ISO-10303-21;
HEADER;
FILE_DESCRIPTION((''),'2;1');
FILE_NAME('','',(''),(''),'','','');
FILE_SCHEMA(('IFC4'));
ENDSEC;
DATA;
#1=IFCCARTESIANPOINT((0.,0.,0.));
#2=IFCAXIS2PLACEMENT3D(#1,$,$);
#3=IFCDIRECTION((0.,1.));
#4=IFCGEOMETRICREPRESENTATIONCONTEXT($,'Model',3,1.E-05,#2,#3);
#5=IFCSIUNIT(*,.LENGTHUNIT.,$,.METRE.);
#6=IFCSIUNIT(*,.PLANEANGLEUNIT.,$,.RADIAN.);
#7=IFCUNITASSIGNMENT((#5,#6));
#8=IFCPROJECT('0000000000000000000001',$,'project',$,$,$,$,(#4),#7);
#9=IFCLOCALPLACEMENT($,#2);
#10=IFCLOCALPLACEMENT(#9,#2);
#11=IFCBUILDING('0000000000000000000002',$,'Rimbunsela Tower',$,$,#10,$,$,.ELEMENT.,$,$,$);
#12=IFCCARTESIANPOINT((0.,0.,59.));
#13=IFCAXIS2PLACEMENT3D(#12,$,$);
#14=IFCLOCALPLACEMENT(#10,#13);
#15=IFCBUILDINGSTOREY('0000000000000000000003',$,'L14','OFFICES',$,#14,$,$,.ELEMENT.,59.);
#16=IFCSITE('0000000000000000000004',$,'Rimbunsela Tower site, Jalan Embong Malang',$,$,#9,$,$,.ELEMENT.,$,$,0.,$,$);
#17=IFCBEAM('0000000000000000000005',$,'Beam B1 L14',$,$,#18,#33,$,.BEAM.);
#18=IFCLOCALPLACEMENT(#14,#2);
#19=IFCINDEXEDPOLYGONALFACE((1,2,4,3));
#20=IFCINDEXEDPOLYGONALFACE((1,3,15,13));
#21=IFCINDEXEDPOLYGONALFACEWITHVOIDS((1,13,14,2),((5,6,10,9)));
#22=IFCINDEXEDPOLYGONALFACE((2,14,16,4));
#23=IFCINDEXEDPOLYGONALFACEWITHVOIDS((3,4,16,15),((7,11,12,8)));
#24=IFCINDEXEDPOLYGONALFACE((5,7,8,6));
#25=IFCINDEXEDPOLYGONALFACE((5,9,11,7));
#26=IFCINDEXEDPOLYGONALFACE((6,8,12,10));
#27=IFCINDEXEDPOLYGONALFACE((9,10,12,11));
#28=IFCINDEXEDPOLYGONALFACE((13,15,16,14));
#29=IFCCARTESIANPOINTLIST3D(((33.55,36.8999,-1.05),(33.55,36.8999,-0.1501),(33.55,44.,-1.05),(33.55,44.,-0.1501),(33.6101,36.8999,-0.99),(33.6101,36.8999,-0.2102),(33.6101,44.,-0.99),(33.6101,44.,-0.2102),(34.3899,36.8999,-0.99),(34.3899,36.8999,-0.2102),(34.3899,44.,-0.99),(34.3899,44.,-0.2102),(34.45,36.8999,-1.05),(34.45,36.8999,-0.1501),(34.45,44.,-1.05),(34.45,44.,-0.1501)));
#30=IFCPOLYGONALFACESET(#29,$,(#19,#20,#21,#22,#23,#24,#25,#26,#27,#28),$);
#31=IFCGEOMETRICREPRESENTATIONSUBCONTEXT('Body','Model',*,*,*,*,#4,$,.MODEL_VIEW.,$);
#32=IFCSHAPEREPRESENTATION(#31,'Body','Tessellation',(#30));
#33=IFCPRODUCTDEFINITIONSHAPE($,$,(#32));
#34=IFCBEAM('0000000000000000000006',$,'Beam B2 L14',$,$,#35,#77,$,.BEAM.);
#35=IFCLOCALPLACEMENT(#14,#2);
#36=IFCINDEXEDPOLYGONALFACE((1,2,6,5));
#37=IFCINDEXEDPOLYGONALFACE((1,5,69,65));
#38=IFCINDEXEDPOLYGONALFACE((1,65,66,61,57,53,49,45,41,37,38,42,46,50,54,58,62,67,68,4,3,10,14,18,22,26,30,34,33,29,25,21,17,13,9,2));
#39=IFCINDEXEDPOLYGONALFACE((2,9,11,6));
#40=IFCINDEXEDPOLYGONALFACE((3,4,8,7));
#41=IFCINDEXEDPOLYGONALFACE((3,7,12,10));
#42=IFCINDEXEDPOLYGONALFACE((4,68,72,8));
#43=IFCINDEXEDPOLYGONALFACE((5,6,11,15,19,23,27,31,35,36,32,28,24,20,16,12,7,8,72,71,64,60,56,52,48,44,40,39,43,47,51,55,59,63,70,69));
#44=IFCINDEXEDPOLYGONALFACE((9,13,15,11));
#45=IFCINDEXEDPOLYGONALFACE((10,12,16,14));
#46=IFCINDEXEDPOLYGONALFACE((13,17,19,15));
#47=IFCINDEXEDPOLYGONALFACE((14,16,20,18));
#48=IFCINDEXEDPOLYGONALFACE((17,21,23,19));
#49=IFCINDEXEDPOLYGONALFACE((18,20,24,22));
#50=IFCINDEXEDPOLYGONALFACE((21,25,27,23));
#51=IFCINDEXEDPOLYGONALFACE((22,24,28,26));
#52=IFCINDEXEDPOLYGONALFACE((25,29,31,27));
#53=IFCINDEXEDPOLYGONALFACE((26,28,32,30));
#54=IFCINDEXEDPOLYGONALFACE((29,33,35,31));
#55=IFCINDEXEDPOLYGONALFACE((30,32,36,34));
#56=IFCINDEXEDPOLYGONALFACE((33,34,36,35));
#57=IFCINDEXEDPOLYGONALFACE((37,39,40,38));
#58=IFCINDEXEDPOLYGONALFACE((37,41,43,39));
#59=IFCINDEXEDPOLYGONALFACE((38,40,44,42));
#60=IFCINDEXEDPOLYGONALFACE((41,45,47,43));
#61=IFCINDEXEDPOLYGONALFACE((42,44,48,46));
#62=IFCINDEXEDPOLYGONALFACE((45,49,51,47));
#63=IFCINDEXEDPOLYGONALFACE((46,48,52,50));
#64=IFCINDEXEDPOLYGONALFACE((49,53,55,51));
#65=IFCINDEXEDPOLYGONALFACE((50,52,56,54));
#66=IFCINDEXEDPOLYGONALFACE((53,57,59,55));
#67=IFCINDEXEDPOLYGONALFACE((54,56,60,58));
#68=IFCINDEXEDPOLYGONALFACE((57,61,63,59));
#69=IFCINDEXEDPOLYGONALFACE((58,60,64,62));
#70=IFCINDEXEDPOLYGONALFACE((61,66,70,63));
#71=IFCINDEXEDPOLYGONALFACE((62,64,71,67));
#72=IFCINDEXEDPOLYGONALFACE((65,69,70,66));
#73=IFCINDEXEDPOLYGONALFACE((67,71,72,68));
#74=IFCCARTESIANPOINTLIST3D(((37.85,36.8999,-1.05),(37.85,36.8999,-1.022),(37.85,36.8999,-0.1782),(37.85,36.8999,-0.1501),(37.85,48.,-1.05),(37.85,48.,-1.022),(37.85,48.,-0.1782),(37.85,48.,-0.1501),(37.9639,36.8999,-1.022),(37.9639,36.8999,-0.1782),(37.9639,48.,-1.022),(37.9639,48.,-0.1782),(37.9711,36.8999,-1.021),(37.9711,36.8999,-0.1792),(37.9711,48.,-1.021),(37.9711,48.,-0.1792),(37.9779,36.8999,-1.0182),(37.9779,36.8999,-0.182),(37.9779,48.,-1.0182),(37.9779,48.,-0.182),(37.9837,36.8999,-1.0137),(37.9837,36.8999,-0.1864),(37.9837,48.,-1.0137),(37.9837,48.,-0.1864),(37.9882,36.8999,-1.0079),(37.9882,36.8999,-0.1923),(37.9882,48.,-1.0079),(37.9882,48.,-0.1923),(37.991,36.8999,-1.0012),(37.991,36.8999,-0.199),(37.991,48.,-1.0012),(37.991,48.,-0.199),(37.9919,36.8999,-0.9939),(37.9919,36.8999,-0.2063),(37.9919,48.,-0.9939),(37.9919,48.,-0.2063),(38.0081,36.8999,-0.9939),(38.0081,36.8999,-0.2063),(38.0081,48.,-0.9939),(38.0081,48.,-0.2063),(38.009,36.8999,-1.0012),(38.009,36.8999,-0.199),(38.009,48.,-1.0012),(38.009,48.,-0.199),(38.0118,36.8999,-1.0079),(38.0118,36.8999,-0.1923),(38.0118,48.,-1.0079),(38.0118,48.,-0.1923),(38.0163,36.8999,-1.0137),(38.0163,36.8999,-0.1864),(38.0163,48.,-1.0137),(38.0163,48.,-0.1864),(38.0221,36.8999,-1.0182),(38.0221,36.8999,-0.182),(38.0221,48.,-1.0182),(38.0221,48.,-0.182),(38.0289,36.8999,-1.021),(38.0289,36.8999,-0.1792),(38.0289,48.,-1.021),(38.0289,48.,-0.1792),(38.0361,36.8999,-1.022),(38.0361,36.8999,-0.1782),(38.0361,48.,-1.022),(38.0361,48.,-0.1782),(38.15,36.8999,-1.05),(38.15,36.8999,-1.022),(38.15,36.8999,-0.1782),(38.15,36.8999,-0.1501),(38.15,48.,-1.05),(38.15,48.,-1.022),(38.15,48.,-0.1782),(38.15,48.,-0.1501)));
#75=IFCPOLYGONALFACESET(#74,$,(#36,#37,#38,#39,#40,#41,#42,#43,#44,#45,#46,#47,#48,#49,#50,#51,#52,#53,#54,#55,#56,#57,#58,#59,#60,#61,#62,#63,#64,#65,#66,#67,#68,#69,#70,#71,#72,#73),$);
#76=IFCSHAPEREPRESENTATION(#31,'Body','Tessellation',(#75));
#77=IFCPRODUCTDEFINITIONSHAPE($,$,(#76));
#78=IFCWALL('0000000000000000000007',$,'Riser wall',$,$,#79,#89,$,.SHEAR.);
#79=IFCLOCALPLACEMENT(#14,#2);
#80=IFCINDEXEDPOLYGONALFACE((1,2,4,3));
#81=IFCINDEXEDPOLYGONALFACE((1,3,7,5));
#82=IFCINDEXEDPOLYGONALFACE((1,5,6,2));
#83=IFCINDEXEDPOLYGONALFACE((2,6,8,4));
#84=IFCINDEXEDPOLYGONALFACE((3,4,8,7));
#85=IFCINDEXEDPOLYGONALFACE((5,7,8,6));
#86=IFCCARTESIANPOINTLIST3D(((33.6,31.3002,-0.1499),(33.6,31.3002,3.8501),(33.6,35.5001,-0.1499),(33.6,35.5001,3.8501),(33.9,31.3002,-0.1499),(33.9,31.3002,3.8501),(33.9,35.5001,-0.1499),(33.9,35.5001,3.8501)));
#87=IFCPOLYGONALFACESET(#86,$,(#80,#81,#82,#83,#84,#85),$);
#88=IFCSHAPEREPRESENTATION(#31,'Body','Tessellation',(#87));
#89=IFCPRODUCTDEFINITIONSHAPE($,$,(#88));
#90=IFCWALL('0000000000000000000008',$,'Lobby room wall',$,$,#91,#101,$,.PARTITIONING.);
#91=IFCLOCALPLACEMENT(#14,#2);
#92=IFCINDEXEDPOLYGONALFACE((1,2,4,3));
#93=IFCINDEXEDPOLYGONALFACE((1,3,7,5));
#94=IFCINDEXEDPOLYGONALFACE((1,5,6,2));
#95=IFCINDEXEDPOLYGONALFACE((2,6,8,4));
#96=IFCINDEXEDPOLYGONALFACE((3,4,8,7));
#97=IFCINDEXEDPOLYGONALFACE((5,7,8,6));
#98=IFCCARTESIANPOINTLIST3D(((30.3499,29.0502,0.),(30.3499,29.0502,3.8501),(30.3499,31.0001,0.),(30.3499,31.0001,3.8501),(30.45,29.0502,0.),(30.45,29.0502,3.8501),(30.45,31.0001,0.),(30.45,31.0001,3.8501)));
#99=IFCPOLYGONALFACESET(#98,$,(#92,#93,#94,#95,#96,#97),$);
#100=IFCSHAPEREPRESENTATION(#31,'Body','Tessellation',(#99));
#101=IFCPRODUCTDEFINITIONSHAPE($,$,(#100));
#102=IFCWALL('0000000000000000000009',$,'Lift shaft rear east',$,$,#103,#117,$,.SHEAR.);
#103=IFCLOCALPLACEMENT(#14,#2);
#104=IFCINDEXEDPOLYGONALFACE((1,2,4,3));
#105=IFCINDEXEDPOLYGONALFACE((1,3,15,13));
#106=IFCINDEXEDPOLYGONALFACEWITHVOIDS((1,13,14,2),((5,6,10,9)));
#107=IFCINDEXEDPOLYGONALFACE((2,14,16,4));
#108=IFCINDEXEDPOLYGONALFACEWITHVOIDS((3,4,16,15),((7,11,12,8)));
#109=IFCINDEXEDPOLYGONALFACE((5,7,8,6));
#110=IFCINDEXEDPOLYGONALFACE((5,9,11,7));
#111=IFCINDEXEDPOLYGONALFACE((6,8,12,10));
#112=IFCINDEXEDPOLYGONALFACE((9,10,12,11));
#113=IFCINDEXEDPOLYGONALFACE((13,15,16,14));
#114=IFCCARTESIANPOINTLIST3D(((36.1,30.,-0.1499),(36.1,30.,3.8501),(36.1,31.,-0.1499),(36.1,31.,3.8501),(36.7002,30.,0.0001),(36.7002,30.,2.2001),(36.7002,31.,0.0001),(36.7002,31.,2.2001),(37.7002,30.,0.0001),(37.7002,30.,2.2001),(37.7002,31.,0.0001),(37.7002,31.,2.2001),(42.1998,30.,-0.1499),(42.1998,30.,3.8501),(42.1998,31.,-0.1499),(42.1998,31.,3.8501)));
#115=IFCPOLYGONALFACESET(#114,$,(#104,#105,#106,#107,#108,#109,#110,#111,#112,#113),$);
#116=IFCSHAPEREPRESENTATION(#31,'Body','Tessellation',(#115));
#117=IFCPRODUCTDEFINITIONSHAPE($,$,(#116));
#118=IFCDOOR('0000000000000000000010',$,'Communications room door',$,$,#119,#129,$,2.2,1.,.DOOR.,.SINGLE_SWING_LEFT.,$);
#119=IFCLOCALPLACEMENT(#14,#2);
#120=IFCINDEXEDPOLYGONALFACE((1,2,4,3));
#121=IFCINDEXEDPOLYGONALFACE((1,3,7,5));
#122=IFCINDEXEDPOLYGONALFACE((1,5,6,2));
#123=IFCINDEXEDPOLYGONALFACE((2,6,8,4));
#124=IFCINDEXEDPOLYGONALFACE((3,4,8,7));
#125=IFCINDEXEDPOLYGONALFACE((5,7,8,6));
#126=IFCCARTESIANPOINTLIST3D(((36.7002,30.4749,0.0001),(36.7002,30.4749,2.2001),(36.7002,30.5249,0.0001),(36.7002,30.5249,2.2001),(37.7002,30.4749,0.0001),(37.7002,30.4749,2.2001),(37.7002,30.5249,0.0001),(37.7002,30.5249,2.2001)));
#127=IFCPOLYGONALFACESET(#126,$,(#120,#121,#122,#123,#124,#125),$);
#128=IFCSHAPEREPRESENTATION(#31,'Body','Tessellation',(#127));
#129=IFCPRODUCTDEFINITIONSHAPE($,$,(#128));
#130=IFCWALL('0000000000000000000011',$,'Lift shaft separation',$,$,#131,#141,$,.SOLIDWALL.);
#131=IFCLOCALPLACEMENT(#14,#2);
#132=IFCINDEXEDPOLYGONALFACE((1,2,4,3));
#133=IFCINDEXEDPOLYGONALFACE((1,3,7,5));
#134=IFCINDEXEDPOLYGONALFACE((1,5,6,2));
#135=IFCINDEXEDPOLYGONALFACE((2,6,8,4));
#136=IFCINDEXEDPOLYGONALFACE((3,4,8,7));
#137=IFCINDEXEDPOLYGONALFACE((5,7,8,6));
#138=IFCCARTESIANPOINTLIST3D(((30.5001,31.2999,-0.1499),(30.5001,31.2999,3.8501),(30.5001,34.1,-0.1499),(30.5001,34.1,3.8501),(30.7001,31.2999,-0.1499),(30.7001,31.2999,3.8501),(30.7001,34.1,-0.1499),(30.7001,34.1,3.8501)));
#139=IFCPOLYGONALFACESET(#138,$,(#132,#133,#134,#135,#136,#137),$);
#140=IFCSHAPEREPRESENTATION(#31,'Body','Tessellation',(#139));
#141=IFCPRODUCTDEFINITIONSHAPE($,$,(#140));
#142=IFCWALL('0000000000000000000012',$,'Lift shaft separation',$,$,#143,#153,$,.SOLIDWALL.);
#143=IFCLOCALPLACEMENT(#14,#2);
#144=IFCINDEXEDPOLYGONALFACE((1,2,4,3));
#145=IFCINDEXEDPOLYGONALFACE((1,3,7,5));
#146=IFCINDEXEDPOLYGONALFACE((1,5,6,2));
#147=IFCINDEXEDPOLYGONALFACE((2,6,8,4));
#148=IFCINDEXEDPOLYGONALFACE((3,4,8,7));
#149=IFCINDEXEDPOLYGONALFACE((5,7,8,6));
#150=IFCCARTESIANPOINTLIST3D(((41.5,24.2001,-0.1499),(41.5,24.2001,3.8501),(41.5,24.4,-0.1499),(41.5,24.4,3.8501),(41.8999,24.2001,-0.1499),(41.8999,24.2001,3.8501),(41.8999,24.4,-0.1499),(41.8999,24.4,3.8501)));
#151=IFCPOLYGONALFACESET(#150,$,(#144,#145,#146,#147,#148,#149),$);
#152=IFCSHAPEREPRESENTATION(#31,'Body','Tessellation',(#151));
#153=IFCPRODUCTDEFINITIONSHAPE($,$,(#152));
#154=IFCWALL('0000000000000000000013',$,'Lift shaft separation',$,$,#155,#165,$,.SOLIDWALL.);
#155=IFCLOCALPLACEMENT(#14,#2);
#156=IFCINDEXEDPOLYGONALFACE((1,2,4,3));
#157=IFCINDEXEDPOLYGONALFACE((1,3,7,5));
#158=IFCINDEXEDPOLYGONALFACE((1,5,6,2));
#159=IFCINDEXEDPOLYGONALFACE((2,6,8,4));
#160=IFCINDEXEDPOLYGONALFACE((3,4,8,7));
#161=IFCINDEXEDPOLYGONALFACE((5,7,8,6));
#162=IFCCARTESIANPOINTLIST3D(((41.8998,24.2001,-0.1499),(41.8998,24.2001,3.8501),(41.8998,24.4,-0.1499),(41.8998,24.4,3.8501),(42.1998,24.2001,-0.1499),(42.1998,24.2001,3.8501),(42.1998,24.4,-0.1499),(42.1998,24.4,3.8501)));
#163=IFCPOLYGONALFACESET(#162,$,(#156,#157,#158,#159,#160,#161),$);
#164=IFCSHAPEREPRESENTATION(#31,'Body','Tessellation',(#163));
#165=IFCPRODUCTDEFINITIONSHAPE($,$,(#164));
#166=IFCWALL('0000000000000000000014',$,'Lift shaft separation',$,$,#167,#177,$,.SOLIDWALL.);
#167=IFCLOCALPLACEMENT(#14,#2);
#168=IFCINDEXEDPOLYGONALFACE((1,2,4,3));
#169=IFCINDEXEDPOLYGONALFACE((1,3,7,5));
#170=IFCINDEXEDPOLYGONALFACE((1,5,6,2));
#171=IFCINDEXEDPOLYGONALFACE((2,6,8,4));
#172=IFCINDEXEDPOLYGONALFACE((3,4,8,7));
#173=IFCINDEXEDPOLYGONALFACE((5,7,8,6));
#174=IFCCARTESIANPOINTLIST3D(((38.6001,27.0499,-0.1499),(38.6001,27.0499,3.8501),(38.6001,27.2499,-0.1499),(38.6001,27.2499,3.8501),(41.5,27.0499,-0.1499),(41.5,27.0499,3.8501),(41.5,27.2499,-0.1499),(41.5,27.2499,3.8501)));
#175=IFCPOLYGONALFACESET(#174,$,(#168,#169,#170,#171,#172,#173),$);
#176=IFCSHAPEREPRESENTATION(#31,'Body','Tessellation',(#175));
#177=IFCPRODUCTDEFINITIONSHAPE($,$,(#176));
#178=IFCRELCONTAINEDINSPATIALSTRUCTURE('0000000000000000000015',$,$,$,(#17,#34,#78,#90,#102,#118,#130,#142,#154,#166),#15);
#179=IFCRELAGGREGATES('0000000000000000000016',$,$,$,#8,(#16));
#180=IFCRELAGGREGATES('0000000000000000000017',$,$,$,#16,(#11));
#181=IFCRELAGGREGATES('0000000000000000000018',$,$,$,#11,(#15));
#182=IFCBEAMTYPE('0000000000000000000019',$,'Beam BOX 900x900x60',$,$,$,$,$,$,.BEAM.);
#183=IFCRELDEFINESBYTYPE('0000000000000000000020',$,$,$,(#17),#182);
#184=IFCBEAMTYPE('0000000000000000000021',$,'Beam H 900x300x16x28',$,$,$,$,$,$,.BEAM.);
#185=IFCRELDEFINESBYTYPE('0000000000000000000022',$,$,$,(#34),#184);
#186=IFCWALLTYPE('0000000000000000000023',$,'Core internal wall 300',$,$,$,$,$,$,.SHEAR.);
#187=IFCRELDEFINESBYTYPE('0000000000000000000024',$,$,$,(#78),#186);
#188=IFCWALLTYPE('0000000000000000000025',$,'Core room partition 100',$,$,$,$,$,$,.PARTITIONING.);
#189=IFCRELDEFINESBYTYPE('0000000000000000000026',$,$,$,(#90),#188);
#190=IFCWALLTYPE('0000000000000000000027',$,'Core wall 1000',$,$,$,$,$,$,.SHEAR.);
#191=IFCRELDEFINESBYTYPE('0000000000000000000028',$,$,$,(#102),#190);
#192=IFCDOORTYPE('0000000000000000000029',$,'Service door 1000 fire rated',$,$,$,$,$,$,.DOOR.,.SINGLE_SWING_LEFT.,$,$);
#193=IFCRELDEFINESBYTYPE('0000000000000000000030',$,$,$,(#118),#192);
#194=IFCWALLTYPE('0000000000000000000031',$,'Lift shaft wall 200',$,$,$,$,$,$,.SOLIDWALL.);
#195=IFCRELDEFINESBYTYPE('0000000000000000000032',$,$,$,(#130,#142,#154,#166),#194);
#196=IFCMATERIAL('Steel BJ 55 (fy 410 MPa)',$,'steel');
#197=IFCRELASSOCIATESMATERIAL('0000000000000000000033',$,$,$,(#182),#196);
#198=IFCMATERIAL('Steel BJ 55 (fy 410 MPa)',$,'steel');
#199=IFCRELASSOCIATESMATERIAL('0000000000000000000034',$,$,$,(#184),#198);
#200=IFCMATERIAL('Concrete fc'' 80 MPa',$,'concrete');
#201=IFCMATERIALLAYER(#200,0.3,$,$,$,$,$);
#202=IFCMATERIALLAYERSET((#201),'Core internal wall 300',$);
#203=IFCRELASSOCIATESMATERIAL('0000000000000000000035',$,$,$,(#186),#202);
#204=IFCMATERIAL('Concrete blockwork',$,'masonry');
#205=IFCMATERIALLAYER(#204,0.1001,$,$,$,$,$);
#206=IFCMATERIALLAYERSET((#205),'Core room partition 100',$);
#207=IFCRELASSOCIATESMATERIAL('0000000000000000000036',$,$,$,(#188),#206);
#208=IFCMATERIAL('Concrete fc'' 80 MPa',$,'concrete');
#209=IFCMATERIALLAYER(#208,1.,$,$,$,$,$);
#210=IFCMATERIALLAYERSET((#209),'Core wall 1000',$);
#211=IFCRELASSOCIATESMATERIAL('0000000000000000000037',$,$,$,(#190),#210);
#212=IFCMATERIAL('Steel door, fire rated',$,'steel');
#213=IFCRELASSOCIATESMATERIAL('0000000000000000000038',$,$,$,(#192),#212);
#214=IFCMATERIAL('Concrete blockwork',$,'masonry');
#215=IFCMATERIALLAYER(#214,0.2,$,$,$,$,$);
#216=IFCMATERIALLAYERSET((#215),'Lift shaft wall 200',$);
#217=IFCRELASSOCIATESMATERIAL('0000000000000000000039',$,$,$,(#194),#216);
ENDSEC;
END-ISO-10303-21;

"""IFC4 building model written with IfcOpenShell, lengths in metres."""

from ifc_helpers import new_model, si_unit, direction, frame, frame_2d, origin, origin_2d, place, context, subcontext, project, spatial, rectangle, hollow_rectangle, i_section, extrude, material, layer, layer_set, material_profile, profile_set, type_object, element, fill, save


model = new_model("IFC4")

# Units and contexts
model_context = context("Model", 3, precision=1e-05, world=origin(), true_north=direction((0.0, 1.0)))
body_context = subcontext(model_context, "Body", "Model", "MODEL_VIEW")
ifc_project = project(units=[si_unit("LENGTHUNIT", "METRE"), si_unit("PLANEANGLEUNIT", "RADIAN")], contexts=[model_context])

# Site, building, storey
site_placement = place(None, origin())
site = spatial("IfcSite", under=ifc_project, at=site_placement, Name="Rimbunsela Tower site, Jalan Embong Malang", CompositionType="ELEMENT", RefElevation=0.0)
building_placement = place(site_placement, origin())
building = spatial("IfcBuilding", under=site, at=building_placement, Name="Rimbunsela Tower", CompositionType="ELEMENT")
storey_placement = place(building_placement, frame((0.0, 0.0, 59.0)))
storey = spatial("IfcBuildingStorey", under=building, at=storey_placement, Name="L14", Description="OFFICES", CompositionType="ELEMENT", Elevation=59.0)

# Beams
ifc_material_1 = material(Name="Steel BJ 55 (fy 410 MPa)", Category="steel")
ifc_material_profile_1 = material_profile(ifc_material_1, hollow_rectangle(XDim=0.8999, YDim=0.8999, WallThickness=0.0601, at=origin_2d()), Name="BOX 900x900x60")
ifc_profile_set_1 = profile_set([ifc_material_profile_1], Name="Steel BJ 55 (fy 410 MPa)")
beam_type_1 = type_object("IfcBeamType", Name="Beam BOX 900x900x60", PredefinedType="BEAM", material=ifc_profile_set_1)
beam_1_placement = place(storey_placement, frame((34.0, 36.8999, -0.6001), z_axis=(0.0, 1.0, 0.0), x_axis=(-1.0, 0.0, 0.0)))
element("IfcBeam", 1, at=beam_1_placement, inside=storey, type_object=beam_type_1, Name="Beam B1 L14", PredefinedType="BEAM", context=body_context, shape_type="SweptSolid", body=[
    extrude(hollow_rectangle(XDim=0.8999, YDim=0.8999, WallThickness=0.0601, at=origin_2d()), origin(), (0.0, 0.0, 1.0), 7.1001),
])
ifc_material_2 = material(Name="Steel BJ 55 (fy 410 MPa)", Category="steel")
ifc_material_profile_2 = material_profile(ifc_material_2, i_section(OverallWidth=0.3, OverallDepth=0.8999, WebThickness=0.0161, FlangeThickness=0.0281, FilletRadius=0.0281, at=origin_2d()), Name="H 900x300x16x28")
ifc_profile_set_2 = profile_set([ifc_material_profile_2], Name="Steel BJ 55 (fy 410 MPa)")
beam_type_2 = type_object("IfcBeamType", Name="Beam H 900x300x16x28", PredefinedType="BEAM", material=ifc_profile_set_2)
beam_2_placement = place(storey_placement, frame((38.0, 36.8999, -0.6001), z_axis=(0.0, 1.0, 0.0), x_axis=(-1.0, 0.0, 0.0)))
element("IfcBeam", 2, at=beam_2_placement, inside=storey, type_object=beam_type_2, Name="Beam B2 L14", PredefinedType="BEAM", context=body_context, shape_type="SweptSolid", body=[
    extrude(i_section(OverallWidth=0.3, OverallDepth=0.8999, WebThickness=0.0161, FlangeThickness=0.0281, FilletRadius=0.0281, at=origin_2d()), origin(), (0.0, 0.0, 1.0), 11.1001),
])

# Walls
ifc_material_3 = material(Name="Concrete fc' 80 MPa", Category="concrete")
ifc_layer_1 = layer(ifc_material_3, 0.3)
ifc_layer_set_1 = layer_set([ifc_layer_1], Name="Core internal wall 300")
wall_type_1 = type_object("IfcWallType", Name="Core internal wall 300", PredefinedType="SHEAR", material=ifc_layer_set_1)
wall_1_placement = place(storey_placement, frame((33.75, 31.3, -0.1499), z_axis=(0.0, 0.0, 1.0), x_axis=(0.0, 1.0, 0.0)))
element("IfcWall", 3, at=wall_1_placement, inside=storey, type_object=wall_type_1, Name="Riser wall", PredefinedType="SHEAR", context=body_context, shape_type="SweptSolid", body=[
    extrude(rectangle(XDim=4.2, YDim=0.3, at=frame_2d((2.1001, 0.0))), origin(), (0.0, 0.0, 1.0), 4.0),
])
ifc_material_4 = material(Name="Concrete blockwork", Category="masonry")
ifc_layer_2 = layer(ifc_material_4, 0.1001)
ifc_layer_set_2 = layer_set([ifc_layer_2], Name="Core room partition 100")
wall_type_2 = type_object("IfcWallType", Name="Core room partition 100", PredefinedType="PARTITIONING", material=ifc_layer_set_2)
wall_2_placement = place(storey_placement, frame((30.3999, 29.05, 0.0), z_axis=(0.0, 0.0, 1.0), x_axis=(0.0, 1.0, 0.0)))
element("IfcWall", 4, at=wall_2_placement, inside=storey, type_object=wall_type_2, Name="Lobby room wall", PredefinedType="PARTITIONING", context=body_context, shape_type="SweptSolid", body=[
    extrude(rectangle(XDim=1.95, YDim=0.1001, at=frame_2d((0.9751, 0.0))), origin(), (0.0, 0.0, 1.0), 3.8501),
])

# Wall, opening, door
ifc_material_5 = material(Name="Concrete fc' 80 MPa", Category="concrete")
ifc_layer_3 = layer(ifc_material_5, 1.0)
ifc_layer_set_3 = layer_set([ifc_layer_3], Name="Core wall 1000")
wall_type_3 = type_object("IfcWallType", Name="Core wall 1000", PredefinedType="SHEAR", material=ifc_layer_set_3)
wall_3_placement = place(storey_placement, frame((36.1001, 30.5, -0.1499), z_axis=(0.0, 0.0, 1.0), x_axis=(1.0, 0.0, 0.0)))
wall_3 = element("IfcWall", 5, at=wall_3_placement, inside=storey, type_object=wall_type_3, Name="Lift shaft rear east", PredefinedType="SHEAR", context=body_context, shape_type="SweptSolid", body=[
    extrude(rectangle(XDim=6.0999, YDim=1.0, at=frame_2d((3.0498, 0.0))), origin(), (0.0, 0.0, 1.0), 4.0),
])
opening_placement = place(wall_3_placement, frame((0.6001, 0.0, 0.1499)))
opening = element("IfcOpeningElement", 6, at=opening_placement, cuts=wall_3, PredefinedType="OPENING", context=body_context, shape_type="SweptSolid", body=[
    extrude(rectangle(XDim=1.0, YDim=2.2, at=frame_2d((0.5, 1.1001))), frame((0.0, 0.51, 0.0), z_axis=(0.0, -1.0, 0.0), x_axis=(1.0, 0.0, 0.0)), (0.0, 0.0, 1.0), 1.02),
])
ifc_material_6 = material(Name="Steel door, fire rated", Category="steel")
door_type = type_object("IfcDoorType", Name="Service door 1000 fire rated", OperationType="SINGLE_SWING_LEFT", PredefinedType="DOOR", material=ifc_material_6)
door_placement = place(opening_placement, origin())
door = element("IfcDoor", 7, at=door_placement, inside=storey, type_object=door_type, Name="Communications room door", OperationType="SINGLE_SWING_LEFT", OverallHeight=2.2, OverallWidth=1.0, PredefinedType="DOOR", context=body_context, shape_type="SweptSolid", body=[
    extrude(rectangle(XDim=1.0, YDim=2.2, at=frame_2d((0.5, 1.1001))), frame((0.0, 0.0249, 0.0), z_axis=(0.0, -1.0, 0.0), x_axis=(1.0, 0.0, 0.0)), (0.0, 0.0, 1.0), 0.05),
])
fill(opening, door)

# Walls
ifc_material_7 = material(Name="Concrete blockwork", Category="masonry")
ifc_layer_4 = layer(ifc_material_7, 0.2)
ifc_layer_set_4 = layer_set([ifc_layer_4], Name="Lift shaft wall 200")
wall_type_4 = type_object("IfcWallType", Name="Lift shaft wall 200", PredefinedType="SOLIDWALL", material=ifc_layer_set_4)
wall_4_placement = place(storey_placement, frame((30.6001, 31.3, -0.1499), z_axis=(0.0, 0.0, 1.0), x_axis=(0.0, 1.0, 0.0)))
element("IfcWall", 8, at=wall_4_placement, inside=storey, type_object=wall_type_4, Name="Lift shaft separation", PredefinedType="SOLIDWALL", context=body_context, shape_type="SweptSolid", body=[
    extrude(rectangle(XDim=2.8, YDim=0.2, at=frame_2d((1.3999, 0.0))), origin(), (0.0, 0.0, 1.0), 4.0),
])
wall_5_placement = place(storey_placement, frame((41.5, 24.3, -0.1499), z_axis=(0.0, 0.0, 1.0), x_axis=(1.0, 0.0, 0.0)))
element("IfcWall", 9, at=wall_5_placement, inside=storey, type_object=wall_type_4, Name="Lift shaft separation", PredefinedType="SOLIDWALL", context=body_context, shape_type="SweptSolid", body=[
    extrude(rectangle(XDim=0.3999, YDim=0.2, at=frame_2d((0.2, 0.0))), origin(), (0.0, 0.0, 1.0), 4.0),
])
wall_6_placement = place(storey_placement, frame((41.8999, 24.3, -0.1499), z_axis=(0.0, 0.0, 1.0), x_axis=(1.0, 0.0, 0.0)))
element("IfcWall", 10, at=wall_6_placement, inside=storey, type_object=wall_type_4, Name="Lift shaft separation", PredefinedType="SOLIDWALL", context=body_context, shape_type="SweptSolid", body=[
    extrude(rectangle(XDim=0.3, YDim=0.2, at=frame_2d((0.1499, 0.0))), origin(), (0.0, 0.0, 1.0), 4.0),
])
wall_7_placement = place(storey_placement, frame((38.6001, 27.1499, -0.1499), z_axis=(0.0, 0.0, 1.0), x_axis=(1.0, 0.0, 0.0)))
element("IfcWall", 11, at=wall_7_placement, inside=storey, type_object=wall_type_4, Name="Lift shaft separation", PredefinedType="SOLIDWALL", context=body_context, shape_type="SweptSolid", body=[
    extrude(rectangle(XDim=2.8999, YDim=0.2, at=frame_2d((1.45, 0.0))), origin(), (0.0, 0.0, 1.0), 4.0),
])

save(model, "model.ifc")
